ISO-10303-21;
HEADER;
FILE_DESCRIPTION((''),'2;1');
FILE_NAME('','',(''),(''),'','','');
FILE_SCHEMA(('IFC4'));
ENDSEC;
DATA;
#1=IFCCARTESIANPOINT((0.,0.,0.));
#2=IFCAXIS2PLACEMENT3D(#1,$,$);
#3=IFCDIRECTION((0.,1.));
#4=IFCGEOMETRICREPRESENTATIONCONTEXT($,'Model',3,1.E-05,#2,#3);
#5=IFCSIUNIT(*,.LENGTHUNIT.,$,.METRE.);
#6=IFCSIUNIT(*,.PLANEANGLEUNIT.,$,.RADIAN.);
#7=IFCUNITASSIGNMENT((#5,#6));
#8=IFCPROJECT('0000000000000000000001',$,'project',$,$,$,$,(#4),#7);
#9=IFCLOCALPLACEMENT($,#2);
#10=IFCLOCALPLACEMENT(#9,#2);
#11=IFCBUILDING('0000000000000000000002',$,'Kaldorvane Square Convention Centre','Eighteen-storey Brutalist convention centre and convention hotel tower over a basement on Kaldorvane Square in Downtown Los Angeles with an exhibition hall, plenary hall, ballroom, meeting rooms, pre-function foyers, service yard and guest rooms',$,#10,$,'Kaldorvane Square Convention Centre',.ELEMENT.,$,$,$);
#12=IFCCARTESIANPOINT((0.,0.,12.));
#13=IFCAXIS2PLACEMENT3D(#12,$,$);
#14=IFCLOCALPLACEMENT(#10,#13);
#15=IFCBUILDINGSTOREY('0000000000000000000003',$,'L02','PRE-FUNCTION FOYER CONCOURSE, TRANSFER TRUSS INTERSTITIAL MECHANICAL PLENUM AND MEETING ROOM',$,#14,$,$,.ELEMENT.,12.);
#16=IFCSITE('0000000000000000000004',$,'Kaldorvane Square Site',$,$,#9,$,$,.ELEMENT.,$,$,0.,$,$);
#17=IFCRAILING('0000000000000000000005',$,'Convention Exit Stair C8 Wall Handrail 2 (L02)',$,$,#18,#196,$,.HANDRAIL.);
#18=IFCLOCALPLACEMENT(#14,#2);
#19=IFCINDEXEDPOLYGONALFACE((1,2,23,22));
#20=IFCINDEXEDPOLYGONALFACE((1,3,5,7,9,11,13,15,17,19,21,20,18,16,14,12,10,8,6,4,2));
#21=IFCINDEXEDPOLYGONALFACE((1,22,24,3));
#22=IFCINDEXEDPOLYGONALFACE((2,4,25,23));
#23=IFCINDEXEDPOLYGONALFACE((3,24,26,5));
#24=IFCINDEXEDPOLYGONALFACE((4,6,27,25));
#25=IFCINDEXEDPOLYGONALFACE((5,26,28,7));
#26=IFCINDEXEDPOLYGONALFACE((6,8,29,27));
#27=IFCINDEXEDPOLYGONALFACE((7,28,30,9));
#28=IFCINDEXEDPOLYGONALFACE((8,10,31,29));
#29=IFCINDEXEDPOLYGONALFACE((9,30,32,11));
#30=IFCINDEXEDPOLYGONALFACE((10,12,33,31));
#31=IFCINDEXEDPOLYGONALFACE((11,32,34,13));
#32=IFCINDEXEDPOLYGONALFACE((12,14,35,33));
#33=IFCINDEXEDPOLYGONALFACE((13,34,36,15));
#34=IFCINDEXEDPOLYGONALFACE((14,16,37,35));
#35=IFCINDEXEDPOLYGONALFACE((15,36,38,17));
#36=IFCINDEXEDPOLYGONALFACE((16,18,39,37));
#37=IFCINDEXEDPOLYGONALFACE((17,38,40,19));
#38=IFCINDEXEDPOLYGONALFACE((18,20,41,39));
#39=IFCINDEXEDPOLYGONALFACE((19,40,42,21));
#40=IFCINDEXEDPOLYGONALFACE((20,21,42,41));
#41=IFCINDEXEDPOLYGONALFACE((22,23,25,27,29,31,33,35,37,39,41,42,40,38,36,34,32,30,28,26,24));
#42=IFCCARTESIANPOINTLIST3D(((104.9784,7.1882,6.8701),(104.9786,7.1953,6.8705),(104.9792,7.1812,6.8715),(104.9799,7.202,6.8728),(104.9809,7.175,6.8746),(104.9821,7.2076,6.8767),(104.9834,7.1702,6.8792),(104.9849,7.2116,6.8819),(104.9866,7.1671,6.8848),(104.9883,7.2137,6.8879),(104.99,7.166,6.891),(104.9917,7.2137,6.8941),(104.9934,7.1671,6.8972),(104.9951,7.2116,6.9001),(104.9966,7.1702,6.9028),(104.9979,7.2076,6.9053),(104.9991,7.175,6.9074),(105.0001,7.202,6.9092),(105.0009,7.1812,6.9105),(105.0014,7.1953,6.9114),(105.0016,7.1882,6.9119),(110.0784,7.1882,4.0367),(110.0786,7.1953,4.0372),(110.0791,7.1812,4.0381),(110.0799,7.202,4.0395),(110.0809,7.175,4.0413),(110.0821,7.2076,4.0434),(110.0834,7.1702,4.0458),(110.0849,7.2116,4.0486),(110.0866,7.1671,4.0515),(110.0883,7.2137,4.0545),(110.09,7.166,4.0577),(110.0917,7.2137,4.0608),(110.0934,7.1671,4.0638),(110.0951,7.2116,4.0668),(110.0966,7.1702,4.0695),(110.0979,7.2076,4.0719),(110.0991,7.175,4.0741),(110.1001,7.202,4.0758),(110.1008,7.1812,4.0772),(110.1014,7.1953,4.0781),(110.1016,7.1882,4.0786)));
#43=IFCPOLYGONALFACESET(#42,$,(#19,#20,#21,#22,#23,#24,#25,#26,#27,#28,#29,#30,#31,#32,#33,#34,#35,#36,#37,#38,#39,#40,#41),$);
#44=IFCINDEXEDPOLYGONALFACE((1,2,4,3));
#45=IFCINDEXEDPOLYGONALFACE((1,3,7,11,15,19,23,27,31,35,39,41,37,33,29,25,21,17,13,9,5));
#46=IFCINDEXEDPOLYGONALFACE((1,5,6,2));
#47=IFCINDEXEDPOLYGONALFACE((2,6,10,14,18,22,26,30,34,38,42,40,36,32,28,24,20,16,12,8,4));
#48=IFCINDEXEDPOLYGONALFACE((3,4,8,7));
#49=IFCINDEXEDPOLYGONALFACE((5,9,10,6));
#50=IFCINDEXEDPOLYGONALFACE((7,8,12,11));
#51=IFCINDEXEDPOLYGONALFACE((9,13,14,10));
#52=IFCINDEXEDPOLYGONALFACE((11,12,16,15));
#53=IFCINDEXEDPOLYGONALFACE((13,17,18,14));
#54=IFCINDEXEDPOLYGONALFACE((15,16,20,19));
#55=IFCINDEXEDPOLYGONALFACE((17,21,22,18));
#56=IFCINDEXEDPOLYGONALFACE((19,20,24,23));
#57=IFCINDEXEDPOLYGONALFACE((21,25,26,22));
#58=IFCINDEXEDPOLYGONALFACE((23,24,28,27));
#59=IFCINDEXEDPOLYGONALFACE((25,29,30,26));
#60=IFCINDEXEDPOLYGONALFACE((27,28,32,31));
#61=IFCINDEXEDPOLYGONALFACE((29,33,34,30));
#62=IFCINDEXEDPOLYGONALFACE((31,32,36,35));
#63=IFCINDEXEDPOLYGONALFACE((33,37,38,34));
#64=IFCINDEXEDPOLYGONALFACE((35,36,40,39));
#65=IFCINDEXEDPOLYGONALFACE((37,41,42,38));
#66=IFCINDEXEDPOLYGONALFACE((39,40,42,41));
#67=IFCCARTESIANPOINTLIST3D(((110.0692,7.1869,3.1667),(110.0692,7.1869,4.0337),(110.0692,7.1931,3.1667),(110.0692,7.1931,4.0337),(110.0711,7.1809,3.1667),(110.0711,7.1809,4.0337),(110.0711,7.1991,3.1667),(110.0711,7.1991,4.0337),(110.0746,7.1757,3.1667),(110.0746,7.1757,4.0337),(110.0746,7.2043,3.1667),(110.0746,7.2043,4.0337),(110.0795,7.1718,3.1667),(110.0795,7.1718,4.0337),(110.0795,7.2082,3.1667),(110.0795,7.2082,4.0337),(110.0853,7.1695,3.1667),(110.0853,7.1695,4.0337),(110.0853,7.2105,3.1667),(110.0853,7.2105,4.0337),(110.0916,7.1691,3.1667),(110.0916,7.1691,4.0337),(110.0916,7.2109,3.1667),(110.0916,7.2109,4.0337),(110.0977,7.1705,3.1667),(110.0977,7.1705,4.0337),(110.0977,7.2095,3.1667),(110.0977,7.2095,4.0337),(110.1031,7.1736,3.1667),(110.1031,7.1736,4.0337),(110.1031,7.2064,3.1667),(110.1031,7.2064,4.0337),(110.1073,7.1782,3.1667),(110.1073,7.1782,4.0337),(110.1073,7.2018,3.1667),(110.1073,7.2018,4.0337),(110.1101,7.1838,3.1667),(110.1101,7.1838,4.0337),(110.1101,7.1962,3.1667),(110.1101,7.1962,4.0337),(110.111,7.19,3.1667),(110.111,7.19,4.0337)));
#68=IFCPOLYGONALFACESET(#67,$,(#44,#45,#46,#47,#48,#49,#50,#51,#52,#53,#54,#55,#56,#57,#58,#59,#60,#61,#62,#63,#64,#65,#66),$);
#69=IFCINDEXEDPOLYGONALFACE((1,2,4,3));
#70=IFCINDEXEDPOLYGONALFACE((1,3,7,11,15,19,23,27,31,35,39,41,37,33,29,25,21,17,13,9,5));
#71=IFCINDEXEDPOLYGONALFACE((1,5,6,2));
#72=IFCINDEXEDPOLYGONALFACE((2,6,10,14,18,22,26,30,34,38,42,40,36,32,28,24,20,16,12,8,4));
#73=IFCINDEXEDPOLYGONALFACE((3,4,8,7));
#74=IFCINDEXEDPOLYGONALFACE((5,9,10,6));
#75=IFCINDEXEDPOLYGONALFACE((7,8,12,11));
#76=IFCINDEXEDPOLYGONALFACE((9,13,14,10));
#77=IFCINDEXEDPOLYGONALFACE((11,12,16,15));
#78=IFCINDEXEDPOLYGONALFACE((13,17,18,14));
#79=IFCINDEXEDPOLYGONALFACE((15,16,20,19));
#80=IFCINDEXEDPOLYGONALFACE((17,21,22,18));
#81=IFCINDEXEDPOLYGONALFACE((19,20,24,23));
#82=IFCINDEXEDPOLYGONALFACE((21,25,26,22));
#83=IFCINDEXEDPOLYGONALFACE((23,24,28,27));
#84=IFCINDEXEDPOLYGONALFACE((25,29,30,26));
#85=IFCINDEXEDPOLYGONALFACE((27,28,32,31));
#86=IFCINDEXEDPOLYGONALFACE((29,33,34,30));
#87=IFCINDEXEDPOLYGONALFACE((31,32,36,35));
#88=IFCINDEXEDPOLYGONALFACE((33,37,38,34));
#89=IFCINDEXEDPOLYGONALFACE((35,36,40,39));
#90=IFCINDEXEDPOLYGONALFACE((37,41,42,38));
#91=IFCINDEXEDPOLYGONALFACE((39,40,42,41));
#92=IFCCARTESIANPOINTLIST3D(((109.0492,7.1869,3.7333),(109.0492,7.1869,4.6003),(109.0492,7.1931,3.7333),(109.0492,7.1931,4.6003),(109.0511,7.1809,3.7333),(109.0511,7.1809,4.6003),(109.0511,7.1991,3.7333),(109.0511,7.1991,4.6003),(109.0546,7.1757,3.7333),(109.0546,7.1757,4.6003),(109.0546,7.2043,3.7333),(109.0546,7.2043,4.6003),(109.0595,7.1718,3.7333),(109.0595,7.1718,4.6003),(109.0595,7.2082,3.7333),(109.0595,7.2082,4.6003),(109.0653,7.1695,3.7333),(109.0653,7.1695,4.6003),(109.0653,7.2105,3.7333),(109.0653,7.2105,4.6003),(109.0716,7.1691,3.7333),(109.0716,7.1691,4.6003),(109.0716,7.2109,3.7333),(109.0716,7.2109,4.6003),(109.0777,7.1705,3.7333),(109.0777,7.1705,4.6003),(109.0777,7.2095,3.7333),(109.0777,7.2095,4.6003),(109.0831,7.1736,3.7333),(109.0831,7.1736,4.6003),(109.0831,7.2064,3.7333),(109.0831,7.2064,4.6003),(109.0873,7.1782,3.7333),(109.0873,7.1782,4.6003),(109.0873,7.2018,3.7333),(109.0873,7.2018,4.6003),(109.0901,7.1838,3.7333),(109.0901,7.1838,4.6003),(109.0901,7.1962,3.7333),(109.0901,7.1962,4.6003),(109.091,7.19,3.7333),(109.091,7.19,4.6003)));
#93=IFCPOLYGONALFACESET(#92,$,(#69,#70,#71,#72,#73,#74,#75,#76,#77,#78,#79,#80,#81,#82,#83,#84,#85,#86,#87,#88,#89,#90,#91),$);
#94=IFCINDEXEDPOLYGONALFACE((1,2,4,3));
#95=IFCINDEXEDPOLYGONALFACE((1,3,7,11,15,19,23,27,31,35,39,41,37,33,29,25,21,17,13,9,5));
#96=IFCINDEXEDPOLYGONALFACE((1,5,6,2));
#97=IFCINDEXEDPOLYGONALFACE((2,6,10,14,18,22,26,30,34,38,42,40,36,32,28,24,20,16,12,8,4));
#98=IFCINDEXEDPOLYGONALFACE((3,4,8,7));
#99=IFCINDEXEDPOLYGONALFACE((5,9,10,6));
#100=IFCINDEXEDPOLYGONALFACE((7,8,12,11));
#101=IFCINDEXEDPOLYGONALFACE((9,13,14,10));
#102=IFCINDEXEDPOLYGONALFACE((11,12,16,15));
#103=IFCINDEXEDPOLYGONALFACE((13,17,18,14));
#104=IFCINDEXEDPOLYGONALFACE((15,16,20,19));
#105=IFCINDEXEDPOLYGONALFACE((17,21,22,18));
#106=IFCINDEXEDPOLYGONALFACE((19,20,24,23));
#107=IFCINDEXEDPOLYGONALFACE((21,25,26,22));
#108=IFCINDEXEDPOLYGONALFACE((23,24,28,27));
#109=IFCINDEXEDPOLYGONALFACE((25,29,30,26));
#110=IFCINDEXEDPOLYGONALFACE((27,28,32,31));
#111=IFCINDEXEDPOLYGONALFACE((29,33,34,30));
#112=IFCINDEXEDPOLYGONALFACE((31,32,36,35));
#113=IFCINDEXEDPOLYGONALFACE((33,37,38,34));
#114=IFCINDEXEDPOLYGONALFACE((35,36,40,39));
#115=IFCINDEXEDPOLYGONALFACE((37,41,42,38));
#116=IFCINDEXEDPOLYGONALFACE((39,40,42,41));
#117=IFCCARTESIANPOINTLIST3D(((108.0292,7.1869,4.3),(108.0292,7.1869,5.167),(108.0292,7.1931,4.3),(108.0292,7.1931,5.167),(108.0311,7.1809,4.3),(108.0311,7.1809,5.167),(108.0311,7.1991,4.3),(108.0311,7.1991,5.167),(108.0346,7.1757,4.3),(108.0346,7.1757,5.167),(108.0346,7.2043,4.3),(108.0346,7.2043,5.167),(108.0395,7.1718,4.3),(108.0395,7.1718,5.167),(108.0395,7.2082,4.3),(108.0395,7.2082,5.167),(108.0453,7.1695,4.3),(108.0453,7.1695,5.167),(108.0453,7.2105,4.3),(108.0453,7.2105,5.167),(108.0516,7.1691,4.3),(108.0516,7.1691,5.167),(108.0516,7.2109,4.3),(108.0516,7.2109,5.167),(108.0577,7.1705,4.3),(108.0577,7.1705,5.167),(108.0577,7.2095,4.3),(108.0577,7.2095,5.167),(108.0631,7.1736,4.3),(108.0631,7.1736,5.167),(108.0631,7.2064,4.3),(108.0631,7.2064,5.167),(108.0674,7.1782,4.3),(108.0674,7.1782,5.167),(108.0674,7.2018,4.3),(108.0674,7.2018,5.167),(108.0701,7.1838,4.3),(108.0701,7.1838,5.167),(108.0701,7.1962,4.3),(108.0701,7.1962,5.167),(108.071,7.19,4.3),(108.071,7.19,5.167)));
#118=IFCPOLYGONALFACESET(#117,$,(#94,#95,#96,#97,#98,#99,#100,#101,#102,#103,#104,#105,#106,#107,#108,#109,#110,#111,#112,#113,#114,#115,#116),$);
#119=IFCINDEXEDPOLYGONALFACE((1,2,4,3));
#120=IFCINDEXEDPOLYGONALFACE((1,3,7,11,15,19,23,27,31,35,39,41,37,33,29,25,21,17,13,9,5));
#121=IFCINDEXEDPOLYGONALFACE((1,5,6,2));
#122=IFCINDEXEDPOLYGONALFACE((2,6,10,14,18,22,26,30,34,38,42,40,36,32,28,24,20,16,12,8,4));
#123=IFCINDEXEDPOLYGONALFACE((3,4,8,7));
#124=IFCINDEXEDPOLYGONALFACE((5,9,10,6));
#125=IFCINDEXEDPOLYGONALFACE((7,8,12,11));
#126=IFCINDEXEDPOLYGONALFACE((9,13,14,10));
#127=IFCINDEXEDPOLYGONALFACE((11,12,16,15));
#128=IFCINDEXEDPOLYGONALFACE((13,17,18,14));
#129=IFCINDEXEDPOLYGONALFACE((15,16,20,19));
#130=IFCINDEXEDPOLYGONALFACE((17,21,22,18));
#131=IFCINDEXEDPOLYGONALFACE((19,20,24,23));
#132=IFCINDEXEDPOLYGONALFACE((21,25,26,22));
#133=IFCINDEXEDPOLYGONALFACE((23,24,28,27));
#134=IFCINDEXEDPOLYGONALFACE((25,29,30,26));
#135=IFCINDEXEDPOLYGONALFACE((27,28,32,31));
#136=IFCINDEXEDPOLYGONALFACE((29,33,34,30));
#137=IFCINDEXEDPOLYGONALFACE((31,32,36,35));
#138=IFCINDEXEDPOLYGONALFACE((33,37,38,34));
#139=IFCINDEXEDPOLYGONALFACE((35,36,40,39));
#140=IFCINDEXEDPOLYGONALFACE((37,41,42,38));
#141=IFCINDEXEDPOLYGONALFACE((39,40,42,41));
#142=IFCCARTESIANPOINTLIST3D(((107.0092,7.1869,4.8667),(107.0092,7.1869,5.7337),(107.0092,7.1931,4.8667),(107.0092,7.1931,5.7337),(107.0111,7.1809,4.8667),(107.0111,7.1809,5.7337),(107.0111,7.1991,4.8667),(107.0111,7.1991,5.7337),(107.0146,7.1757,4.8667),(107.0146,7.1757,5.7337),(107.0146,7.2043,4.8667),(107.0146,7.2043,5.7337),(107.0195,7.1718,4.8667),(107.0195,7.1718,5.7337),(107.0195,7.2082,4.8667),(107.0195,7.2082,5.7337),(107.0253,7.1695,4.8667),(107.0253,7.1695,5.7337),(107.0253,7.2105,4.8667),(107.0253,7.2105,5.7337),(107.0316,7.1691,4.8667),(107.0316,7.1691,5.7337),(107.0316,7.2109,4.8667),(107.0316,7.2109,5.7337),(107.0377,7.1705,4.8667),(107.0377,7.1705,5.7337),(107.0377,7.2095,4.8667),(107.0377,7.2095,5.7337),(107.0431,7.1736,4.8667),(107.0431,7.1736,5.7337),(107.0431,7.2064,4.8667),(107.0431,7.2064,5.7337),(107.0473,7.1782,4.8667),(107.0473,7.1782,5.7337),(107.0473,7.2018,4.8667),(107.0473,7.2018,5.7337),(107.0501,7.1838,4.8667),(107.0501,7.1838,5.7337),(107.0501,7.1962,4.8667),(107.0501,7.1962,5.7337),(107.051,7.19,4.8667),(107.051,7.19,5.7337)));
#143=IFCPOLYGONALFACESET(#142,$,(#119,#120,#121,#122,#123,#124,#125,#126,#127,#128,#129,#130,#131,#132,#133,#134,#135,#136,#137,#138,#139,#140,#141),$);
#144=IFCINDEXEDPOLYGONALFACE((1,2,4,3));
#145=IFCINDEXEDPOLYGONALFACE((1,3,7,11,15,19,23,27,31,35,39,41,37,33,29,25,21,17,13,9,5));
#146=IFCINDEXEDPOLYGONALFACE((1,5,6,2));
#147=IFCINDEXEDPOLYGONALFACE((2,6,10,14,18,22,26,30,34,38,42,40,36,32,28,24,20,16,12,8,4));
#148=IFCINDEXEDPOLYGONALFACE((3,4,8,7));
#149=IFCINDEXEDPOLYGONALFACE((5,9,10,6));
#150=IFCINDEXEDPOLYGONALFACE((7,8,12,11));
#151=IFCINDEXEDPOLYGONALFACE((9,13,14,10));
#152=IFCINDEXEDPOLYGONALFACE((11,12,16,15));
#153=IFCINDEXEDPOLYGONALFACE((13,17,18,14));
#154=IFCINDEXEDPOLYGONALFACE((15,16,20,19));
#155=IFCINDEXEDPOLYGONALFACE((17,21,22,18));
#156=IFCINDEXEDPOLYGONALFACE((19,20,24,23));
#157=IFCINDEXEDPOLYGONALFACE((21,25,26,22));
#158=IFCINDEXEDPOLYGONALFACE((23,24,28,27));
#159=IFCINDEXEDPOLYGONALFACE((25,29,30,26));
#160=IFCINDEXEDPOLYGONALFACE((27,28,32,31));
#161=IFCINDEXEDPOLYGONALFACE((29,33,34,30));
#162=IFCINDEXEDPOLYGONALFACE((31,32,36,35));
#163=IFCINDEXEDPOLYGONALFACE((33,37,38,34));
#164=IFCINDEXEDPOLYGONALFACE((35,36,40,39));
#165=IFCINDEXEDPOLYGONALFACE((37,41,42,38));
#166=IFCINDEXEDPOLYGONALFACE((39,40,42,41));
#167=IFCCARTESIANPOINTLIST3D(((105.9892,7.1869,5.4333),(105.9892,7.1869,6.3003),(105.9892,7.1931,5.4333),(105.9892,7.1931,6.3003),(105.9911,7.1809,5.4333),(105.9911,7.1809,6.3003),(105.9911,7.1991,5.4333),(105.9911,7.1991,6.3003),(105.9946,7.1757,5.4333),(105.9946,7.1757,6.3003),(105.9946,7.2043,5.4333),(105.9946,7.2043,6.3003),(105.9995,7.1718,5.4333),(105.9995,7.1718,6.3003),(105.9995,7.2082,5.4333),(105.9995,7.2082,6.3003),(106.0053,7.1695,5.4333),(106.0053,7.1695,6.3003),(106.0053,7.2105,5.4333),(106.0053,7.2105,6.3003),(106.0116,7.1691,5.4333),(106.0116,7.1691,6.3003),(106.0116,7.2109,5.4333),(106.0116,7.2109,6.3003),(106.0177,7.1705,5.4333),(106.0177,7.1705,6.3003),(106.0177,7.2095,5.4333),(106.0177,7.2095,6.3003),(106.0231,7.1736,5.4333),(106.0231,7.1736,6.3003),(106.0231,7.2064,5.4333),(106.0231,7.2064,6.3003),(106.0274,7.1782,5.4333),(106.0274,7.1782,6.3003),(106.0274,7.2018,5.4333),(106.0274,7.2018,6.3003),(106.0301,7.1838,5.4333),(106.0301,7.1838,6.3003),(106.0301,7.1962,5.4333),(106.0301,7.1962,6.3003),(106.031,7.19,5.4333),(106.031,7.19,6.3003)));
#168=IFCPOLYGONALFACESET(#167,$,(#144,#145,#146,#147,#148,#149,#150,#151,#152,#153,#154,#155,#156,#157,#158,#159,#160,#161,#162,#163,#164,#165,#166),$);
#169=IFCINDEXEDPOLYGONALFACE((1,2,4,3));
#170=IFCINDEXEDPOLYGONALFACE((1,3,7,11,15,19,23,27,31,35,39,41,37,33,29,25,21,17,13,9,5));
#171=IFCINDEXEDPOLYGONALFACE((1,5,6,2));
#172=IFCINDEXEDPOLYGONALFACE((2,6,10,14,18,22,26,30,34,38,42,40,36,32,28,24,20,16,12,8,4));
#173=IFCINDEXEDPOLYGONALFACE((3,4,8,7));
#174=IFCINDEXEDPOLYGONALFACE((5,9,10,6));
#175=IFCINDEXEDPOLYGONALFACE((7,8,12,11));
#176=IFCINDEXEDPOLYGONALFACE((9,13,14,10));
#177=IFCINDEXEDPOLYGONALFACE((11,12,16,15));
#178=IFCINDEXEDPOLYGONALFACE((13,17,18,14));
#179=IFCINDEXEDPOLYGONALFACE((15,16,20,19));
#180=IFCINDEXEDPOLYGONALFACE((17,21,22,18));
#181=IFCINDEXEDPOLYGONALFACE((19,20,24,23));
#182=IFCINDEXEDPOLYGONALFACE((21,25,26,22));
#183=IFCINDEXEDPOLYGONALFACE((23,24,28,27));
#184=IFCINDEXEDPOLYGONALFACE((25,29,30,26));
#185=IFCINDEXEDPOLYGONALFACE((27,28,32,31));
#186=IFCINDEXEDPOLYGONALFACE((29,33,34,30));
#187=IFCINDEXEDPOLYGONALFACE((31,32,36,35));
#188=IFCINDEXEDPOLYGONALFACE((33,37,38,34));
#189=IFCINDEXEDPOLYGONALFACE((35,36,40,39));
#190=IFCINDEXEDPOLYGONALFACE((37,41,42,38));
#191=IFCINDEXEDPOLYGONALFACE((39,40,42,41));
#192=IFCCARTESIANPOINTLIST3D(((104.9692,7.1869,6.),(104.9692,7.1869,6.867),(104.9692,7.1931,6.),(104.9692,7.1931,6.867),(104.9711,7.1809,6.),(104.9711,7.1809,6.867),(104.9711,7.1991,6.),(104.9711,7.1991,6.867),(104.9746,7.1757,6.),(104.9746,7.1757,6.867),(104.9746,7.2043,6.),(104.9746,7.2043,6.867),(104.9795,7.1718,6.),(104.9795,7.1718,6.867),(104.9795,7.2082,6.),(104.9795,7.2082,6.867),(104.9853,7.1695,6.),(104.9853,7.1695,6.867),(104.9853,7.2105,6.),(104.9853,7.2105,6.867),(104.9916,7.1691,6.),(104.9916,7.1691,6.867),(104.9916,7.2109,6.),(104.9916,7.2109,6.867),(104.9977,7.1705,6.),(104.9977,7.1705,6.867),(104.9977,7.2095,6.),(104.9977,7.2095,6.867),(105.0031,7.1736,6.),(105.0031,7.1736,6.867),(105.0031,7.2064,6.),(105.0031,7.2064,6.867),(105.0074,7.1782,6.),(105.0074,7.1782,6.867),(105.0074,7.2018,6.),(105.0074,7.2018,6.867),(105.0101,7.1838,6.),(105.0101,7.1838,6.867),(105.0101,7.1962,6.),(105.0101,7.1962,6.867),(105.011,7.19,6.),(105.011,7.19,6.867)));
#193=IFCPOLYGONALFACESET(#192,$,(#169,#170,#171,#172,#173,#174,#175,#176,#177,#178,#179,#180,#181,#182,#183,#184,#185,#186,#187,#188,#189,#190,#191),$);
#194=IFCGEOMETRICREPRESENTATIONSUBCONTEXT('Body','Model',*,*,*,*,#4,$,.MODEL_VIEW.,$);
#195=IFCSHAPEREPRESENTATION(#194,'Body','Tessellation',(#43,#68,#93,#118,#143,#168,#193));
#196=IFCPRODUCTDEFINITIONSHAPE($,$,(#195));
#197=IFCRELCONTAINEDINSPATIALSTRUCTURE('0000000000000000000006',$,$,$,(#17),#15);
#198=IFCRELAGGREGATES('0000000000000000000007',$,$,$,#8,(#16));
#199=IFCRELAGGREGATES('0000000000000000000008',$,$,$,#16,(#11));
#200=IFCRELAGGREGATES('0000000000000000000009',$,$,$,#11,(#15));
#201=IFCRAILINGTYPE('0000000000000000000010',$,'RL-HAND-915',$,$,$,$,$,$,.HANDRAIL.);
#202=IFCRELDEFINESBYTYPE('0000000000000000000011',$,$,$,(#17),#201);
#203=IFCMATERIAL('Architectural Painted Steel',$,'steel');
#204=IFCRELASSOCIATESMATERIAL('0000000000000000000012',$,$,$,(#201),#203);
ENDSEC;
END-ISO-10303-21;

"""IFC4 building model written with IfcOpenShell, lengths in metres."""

from ifc_helpers import new_model, si_unit, direction, frame, origin, origin_2d, place, context, subcontext, project, spatial, circle, extrude, material, type_object, element, save


model = new_model("IFC4")

# Units and contexts
model_context = context("Model", 3, precision=1e-05, world=origin(), true_north=direction((0.0, 1.0)))
body_context = subcontext(model_context, "Body", "Model", "MODEL_VIEW")
ifc_project = project(units=[si_unit("LENGTHUNIT", "METRE"), si_unit("PLANEANGLEUNIT", "RADIAN")], contexts=[model_context])

# Site, building, storey
site_placement = place(None, origin())
site = spatial("IfcSite", under=ifc_project, at=site_placement, Name="Kaldorvane Square Site", CompositionType="ELEMENT", RefElevation=0.0)
building_placement = place(site_placement, origin())
building = spatial("IfcBuilding", under=site, at=building_placement, Name="Kaldorvane Square Convention Centre", Description="Eighteen-storey Brutalist convention centre and convention hotel tower over a basement on Kaldorvane Square in Downtown Los Angeles with an exhibition hall, plenary hall, ballroom, meeting rooms, pre-function foyers, service yard and guest rooms", LongName="Kaldorvane Square Convention Centre", CompositionType="ELEMENT")
storey_placement = place(building_placement, frame((0.0, 0.0, 12.0)))
storey = spatial("IfcBuildingStorey", under=building, at=storey_placement, Name="L02", Description="PRE-FUNCTION FOYER CONCOURSE, TRANSFER TRUSS INTERSTITIAL MECHANICAL PLENUM AND MEETING ROOM", CompositionType="ELEMENT", Elevation=12.0)

# Railing
ifc_material_1 = material(Name="Architectural Painted Steel", Category="steel")
railing_type_1 = type_object("IfcRailingType", Name="RL-HAND-915", PredefinedType="HANDRAIL", material=ifc_material_1)
railing_1_placement = place(storey_placement, frame((110.09, 7.19, 3.1667)))
element("IfcRailing", 1, at=railing_1_placement, inside=storey, type_object=railing_type_1, Name="Convention Exit Stair C8 Wall Handrail 2 (L02)", PredefinedType="HANDRAIL", context=body_context, shape_type="SweptSolid", body=[
    extrude(circle(Radius=0.024, at=origin_2d()), frame((0.0, 0.0, 0.891), z_axis=(-0.874157, 0.0, 0.485643), x_axis=(0.0, -1.0, 0.0)), (0.0, 0.0, 1.0), 5.8342),
    extrude(circle(Radius=0.021, at=origin_2d()), origin(), (0.0, 0.0, 1.0), 0.867),
    extrude(circle(Radius=0.021, at=origin_2d()), frame((-1.02, 0.0, 0.5667)), (0.0, 0.0, 1.0), 0.867),
    extrude(circle(Radius=0.021, at=origin_2d()), frame((-2.04, 0.0, 1.1333)), (0.0, 0.0, 1.0), 0.867),
    extrude(circle(Radius=0.021, at=origin_2d()), frame((-3.06, 0.0, 1.7)), (0.0, 0.0, 1.0), 0.867),
    extrude(circle(Radius=0.021, at=origin_2d()), frame((-4.08, 0.0, 2.2667)), (0.0, 0.0, 1.0), 0.867),
    extrude(circle(Radius=0.021, at=origin_2d()), frame((-5.1, 0.0, 2.8333)), (0.0, 0.0, 1.0), 0.867),
])

save(model, "model.ifc")
